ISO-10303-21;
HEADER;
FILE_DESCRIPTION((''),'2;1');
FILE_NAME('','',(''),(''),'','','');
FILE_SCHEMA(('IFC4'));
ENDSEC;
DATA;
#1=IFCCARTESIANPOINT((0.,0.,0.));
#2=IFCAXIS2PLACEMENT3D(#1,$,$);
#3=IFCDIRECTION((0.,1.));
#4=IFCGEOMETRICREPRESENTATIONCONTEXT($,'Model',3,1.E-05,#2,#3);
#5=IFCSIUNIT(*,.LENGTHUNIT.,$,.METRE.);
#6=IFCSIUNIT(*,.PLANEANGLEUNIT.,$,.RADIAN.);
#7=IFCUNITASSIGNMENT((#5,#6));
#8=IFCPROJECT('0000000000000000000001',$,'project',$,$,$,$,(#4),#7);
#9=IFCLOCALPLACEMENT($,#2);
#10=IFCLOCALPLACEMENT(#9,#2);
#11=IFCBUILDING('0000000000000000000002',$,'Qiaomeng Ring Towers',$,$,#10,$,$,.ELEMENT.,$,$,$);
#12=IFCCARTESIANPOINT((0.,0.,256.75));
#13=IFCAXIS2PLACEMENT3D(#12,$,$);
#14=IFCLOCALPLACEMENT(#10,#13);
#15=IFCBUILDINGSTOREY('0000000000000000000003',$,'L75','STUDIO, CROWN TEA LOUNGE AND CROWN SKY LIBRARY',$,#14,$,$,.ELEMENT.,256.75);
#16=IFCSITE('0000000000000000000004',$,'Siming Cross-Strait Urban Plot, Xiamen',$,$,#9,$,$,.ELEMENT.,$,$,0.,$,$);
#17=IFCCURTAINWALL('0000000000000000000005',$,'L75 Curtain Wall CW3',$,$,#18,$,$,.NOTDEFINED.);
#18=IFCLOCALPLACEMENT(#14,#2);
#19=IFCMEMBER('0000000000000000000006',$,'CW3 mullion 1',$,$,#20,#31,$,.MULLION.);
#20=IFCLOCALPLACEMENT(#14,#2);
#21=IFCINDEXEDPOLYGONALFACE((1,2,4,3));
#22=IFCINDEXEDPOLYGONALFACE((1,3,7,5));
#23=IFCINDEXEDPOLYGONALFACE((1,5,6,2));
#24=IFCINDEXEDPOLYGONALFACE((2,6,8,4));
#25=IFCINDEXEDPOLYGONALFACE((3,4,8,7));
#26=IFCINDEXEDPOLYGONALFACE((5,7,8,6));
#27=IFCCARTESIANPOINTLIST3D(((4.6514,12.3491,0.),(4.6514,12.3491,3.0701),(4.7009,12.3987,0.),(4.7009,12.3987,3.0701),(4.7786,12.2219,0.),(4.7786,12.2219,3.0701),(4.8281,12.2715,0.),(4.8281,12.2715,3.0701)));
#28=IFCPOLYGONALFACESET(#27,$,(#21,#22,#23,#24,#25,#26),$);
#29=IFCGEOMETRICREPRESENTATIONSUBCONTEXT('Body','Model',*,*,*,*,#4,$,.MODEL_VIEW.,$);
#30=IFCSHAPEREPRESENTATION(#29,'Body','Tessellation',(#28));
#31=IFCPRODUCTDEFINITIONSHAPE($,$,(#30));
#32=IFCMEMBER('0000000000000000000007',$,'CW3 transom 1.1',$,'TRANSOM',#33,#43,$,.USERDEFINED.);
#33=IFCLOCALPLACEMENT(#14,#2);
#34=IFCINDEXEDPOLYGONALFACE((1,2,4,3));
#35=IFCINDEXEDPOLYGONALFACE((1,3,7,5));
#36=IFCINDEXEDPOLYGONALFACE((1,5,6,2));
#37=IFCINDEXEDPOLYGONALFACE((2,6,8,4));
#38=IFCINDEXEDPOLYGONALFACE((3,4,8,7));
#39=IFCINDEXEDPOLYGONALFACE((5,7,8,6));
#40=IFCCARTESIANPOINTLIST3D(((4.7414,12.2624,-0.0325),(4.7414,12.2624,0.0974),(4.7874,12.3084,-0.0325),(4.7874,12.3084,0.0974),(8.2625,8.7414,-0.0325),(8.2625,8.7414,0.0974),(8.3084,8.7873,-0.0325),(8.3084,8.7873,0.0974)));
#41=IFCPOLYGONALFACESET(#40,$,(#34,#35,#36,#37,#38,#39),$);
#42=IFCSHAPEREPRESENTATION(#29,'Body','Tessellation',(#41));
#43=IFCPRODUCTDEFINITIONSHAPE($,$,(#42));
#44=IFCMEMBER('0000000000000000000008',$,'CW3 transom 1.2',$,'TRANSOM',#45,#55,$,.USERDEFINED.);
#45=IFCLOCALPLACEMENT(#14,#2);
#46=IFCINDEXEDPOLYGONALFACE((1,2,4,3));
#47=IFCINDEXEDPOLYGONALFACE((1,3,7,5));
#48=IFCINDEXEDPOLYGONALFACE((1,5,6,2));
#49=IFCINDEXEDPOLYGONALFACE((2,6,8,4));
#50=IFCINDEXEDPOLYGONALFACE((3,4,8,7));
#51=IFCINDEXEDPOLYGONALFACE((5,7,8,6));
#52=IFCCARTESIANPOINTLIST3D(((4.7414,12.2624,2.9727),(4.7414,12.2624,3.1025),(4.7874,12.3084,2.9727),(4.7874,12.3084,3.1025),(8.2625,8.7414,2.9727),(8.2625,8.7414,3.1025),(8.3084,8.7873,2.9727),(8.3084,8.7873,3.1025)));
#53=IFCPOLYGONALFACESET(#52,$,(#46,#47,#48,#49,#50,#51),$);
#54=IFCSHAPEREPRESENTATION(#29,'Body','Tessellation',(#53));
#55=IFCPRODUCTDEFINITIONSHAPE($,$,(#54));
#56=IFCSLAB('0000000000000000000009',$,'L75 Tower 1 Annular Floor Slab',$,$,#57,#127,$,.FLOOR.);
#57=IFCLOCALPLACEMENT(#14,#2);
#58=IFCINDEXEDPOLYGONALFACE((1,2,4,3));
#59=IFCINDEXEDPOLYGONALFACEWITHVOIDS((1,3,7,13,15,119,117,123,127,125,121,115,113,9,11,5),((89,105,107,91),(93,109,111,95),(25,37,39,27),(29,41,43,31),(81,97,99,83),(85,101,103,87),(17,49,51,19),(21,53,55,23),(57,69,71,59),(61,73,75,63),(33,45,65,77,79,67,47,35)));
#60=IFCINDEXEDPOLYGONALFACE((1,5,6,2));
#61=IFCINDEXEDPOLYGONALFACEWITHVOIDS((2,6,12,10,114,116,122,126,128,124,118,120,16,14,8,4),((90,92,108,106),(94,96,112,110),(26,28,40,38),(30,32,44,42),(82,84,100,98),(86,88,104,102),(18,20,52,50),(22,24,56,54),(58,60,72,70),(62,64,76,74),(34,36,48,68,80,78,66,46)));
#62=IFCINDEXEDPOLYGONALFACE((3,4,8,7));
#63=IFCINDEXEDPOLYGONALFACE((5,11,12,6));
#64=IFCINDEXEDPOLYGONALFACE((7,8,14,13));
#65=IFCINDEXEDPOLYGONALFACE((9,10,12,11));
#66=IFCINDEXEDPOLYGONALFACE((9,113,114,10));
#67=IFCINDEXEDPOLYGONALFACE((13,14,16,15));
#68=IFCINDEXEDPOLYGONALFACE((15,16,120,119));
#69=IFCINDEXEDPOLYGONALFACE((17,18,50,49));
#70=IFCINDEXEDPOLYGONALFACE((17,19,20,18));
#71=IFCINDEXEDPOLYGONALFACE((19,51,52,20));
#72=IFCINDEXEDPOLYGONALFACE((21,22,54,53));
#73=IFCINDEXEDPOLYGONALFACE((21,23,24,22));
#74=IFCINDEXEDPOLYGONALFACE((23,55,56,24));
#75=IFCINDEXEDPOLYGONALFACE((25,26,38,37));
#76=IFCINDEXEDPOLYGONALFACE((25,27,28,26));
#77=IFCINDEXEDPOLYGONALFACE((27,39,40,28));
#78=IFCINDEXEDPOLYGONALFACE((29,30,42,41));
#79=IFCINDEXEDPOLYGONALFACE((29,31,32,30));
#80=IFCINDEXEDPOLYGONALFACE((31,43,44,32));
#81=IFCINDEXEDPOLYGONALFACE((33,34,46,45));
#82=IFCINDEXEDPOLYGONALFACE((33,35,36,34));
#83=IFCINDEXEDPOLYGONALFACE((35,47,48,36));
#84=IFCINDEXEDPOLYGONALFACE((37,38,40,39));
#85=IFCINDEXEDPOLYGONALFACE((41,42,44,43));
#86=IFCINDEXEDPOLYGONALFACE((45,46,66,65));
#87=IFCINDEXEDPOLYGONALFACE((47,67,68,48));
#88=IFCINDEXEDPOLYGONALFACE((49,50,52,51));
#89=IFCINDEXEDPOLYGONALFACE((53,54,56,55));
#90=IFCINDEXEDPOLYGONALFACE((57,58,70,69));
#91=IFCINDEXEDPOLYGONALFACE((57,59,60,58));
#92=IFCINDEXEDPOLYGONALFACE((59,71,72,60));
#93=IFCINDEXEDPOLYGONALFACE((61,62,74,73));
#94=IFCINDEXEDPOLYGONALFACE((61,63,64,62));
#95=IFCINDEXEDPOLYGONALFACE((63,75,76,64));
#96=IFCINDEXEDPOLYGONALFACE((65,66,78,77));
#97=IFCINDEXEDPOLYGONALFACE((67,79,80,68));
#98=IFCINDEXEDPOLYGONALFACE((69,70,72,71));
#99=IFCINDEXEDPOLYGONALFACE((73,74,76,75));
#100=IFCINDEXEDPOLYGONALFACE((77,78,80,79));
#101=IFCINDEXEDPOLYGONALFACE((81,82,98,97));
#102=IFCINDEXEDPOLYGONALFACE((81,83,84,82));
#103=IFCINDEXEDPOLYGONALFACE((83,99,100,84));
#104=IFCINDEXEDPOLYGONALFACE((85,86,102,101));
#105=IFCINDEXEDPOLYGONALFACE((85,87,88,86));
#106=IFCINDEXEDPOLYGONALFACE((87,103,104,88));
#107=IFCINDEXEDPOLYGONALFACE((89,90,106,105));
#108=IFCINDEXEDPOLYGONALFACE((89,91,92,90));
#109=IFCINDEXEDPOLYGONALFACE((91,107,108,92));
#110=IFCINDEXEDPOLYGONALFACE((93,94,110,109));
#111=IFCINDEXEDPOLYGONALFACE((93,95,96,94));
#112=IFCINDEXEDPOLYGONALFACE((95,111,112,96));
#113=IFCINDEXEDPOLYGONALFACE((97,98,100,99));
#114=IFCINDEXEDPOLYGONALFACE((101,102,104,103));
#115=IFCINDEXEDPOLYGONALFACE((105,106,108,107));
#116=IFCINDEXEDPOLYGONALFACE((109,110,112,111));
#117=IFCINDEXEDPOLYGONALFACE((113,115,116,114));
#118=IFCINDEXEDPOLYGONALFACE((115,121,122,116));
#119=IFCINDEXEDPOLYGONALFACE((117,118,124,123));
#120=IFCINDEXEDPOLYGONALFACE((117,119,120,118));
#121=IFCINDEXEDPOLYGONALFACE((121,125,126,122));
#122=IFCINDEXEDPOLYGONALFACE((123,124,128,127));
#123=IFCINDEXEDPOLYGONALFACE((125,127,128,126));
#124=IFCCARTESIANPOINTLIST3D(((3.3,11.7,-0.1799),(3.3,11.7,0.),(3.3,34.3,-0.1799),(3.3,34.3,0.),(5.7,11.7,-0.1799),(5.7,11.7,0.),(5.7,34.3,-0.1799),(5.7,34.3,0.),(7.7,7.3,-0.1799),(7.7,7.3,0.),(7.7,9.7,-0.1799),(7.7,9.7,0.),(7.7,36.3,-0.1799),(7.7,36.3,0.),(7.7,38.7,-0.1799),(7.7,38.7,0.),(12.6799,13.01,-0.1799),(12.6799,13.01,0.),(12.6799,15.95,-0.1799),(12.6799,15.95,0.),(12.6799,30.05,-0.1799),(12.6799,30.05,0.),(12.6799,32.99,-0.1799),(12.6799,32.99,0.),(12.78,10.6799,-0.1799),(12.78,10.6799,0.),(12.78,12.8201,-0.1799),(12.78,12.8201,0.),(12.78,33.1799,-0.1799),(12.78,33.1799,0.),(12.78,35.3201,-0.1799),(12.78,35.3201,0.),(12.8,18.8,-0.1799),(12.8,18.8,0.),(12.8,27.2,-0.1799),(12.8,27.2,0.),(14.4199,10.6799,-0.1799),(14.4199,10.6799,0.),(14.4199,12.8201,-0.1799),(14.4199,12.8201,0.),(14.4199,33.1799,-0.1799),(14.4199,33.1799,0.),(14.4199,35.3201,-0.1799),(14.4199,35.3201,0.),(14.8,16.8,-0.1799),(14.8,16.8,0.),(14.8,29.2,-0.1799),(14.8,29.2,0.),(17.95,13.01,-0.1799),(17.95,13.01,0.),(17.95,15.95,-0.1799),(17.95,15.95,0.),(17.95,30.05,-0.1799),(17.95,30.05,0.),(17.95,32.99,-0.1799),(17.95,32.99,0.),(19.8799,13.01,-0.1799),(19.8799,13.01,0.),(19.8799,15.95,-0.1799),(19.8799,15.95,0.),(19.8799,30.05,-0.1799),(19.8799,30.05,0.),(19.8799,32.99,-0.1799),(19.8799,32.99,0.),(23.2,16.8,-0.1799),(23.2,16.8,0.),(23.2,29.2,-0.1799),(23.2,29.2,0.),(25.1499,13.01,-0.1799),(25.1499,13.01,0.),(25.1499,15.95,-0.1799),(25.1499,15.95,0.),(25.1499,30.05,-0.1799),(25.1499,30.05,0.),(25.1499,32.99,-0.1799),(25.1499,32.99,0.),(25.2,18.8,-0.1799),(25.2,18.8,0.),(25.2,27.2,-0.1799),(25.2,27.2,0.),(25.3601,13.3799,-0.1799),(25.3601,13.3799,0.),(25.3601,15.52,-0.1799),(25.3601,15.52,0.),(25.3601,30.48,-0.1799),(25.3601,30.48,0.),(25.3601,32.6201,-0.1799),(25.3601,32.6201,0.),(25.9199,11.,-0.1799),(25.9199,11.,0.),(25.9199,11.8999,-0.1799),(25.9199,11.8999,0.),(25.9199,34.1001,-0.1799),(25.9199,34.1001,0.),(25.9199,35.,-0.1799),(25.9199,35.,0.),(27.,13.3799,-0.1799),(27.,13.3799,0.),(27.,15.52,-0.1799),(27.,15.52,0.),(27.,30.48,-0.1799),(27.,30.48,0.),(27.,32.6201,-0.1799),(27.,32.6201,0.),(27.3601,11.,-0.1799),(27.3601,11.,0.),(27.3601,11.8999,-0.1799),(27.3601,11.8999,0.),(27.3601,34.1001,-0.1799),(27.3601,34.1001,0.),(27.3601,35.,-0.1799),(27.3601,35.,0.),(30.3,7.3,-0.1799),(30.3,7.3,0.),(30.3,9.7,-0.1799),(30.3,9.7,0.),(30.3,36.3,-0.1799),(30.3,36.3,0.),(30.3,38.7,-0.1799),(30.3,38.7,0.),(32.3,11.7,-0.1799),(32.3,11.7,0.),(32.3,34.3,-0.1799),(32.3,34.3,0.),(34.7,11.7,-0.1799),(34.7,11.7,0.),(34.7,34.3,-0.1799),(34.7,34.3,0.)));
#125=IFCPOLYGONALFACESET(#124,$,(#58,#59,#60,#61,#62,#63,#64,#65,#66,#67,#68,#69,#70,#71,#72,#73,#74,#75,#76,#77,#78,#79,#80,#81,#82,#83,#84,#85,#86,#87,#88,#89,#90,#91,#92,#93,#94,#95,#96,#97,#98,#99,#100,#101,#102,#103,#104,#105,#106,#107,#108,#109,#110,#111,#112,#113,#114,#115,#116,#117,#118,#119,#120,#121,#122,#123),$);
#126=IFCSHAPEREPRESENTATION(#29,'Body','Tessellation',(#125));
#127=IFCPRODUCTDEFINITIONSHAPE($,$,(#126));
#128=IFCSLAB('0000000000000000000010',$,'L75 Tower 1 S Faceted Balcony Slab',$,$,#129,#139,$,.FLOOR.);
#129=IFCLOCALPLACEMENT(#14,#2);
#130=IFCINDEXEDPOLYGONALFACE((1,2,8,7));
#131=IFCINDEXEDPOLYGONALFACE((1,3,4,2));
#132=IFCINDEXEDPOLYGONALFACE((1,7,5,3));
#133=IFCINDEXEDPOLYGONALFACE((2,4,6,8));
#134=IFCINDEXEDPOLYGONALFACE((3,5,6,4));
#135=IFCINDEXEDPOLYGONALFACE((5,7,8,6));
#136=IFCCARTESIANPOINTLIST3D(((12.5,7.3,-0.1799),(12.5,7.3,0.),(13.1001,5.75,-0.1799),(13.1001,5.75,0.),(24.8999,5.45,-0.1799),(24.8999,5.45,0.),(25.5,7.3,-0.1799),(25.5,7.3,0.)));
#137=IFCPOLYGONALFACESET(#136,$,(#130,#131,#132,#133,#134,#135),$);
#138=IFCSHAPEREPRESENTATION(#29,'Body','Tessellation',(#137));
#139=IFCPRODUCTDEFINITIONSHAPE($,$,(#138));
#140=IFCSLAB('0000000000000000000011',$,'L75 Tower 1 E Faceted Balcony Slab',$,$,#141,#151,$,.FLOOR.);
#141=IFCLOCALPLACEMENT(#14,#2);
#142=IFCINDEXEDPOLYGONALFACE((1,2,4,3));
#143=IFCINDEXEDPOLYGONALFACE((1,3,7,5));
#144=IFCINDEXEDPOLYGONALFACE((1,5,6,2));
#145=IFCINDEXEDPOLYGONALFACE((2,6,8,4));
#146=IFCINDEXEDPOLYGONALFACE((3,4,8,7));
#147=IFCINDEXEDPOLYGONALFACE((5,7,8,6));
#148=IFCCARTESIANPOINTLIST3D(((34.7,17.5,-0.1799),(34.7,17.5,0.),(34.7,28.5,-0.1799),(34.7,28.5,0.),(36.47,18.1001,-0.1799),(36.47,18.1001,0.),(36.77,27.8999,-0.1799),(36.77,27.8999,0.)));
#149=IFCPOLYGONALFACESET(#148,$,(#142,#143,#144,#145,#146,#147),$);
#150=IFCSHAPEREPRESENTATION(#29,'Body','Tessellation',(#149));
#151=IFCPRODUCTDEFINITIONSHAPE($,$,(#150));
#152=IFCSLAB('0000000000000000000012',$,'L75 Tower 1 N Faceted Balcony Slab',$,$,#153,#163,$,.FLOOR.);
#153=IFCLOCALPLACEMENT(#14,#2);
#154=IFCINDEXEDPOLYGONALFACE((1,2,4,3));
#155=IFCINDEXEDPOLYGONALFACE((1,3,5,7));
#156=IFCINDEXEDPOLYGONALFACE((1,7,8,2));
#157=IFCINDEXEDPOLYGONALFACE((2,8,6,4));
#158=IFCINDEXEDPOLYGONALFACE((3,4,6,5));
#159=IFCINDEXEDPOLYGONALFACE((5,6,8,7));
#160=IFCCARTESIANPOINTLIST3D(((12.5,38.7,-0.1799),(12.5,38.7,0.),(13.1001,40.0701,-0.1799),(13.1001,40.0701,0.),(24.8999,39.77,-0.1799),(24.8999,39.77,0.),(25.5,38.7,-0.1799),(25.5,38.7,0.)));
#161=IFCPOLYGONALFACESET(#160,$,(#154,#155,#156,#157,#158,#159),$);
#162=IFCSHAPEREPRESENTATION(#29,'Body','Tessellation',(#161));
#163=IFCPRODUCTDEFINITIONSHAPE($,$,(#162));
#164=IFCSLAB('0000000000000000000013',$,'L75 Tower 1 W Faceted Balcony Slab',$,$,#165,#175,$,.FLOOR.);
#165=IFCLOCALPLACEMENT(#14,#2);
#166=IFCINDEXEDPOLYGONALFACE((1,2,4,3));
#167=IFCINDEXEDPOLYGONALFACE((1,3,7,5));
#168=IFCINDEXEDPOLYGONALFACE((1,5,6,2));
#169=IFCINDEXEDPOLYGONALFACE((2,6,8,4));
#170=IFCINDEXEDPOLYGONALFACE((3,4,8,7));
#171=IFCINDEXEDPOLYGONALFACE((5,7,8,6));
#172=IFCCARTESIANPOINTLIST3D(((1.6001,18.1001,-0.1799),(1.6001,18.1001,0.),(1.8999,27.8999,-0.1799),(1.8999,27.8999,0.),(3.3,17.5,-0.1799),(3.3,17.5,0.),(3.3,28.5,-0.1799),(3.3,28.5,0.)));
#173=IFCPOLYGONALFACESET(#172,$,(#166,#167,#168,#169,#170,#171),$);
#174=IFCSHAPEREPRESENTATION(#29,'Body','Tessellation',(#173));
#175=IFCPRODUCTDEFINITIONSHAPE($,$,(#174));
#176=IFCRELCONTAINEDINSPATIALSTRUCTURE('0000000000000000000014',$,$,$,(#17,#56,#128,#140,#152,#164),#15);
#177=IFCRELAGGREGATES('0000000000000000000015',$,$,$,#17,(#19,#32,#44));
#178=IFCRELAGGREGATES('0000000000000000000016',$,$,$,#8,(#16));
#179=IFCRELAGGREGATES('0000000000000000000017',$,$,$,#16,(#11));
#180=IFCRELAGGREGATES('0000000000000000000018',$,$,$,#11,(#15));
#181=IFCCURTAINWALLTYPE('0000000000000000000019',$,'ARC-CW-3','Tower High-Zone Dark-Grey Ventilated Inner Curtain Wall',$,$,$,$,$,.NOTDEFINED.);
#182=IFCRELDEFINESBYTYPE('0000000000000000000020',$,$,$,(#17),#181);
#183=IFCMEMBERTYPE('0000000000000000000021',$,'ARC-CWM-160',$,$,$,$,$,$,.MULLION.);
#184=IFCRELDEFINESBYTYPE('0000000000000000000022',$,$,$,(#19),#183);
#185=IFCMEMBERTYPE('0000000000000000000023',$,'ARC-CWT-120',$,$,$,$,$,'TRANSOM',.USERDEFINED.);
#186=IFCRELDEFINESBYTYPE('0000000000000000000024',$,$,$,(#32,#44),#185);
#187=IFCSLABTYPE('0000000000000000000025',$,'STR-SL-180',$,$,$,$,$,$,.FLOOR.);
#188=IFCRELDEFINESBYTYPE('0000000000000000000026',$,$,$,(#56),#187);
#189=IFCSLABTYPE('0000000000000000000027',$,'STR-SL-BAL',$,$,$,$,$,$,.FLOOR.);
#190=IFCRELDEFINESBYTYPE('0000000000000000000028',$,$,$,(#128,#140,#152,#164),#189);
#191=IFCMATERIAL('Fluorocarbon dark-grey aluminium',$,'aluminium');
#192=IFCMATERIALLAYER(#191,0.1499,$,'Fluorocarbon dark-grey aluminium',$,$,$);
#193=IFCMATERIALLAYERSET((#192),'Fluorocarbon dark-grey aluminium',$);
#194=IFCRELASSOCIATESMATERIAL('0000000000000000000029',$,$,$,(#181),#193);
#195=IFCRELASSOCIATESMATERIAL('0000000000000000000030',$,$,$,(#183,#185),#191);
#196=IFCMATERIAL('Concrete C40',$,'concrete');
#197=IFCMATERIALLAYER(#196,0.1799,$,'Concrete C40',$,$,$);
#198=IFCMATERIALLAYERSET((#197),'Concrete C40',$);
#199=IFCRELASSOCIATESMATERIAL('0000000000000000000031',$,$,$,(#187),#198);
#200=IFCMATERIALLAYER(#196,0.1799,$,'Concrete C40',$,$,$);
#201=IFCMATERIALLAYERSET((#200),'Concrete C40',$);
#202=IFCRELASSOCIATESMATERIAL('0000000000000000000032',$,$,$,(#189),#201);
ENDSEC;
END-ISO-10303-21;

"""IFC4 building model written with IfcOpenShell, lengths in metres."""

from ifc_helpers import new_model, si_unit, direction, frame, origin, origin_2d, place, context, subcontext, project, spatial, polyline, rectangle, outline, extrude, source, transform, mapped, material, layer, layer_set, material_profile, profile_set, type_object, element, aggregate, save


model = new_model("IFC4")

# Units and contexts
model_context = context("Model", 3, precision=1e-05, world=origin(), true_north=direction((0.0, 1.0)))
body_context = subcontext(model_context, "Body", "Model", "MODEL_VIEW")
ifc_project = project(units=[si_unit("LENGTHUNIT", "METRE"), si_unit("PLANEANGLEUNIT", "RADIAN")], contexts=[model_context])

# Site, building, storey
site_placement = place(None, origin())
site = spatial("IfcSite", under=ifc_project, at=site_placement, Name="Siming Cross-Strait Urban Plot, Xiamen", CompositionType="ELEMENT", RefElevation=0.0)
building_placement = place(site_placement, origin())
building = spatial("IfcBuilding", under=site, at=building_placement, Name="Qiaomeng Ring Towers", CompositionType="ELEMENT")
storey_placement = place(building_placement, frame((0.0, 0.0, 256.75)))
storey = spatial("IfcBuildingStorey", under=building, at=storey_placement, Name="L75", Description="STUDIO, CROWN TEA LOUNGE AND CROWN SKY LIBRARY", CompositionType="ELEMENT", Elevation=256.75)

# Curtain wall, members
ifc_material_1 = material(Name="Fluorocarbon dark-grey aluminium", Category="aluminium")
ifc_layer_1 = layer(ifc_material_1, 0.1499, Name="Fluorocarbon dark-grey aluminium")
ifc_layer_set_1 = layer_set([ifc_layer_1], Name="Fluorocarbon dark-grey aluminium")
curtain_wall_type = type_object("IfcCurtainWallType", Name="ARC-CW-3", Description="Tower High-Zone Dark-Grey Ventilated Inner Curtain Wall", PredefinedType="NOTDEFINED", material=ifc_layer_set_1)
curtain_wall_placement = place(storey_placement, origin())
curtain_wall = element("IfcCurtainWall", 1, at=curtain_wall_placement, inside=storey, type_object=curtain_wall_type, Name="L75 Curtain Wall CW3", PredefinedType="NOTDEFINED")
ifc_material_profile_1 = material_profile(ifc_material_1, rectangle(XDim=0.0701, YDim=0.1799, at=origin_2d()), Name="ALU MULL 70x180")
ifc_profile_set_1 = profile_set([ifc_material_profile_1], Name="Fluorocarbon dark-grey aluminium")
member_type_1 = type_object("IfcMemberType", Name="ARC-CWM-160", PredefinedType="MULLION", material=ifc_profile_set_1)
shared_shape_1 = source(origin(), body_context, "Body", "SweptSolid", [
    extrude(rectangle(XDim=0.0701, YDim=0.1799, at=origin_2d()), origin(), (0.0, 0.0, 1.0), 3.0701),
])
member_1_placement = place(storey_placement, frame((4.7397, 12.3103, 0.0), z_axis=(0.0, 0.0, 1.0), x_axis=(0.707107, 0.707107, 0.0)))
member_1 = element("IfcMember", 2, at=member_1_placement, type_object=member_type_1, Name="CW3 mullion 1", PredefinedType="MULLION", context=body_context, shape_type="MappedRepresentation", body=[
    mapped(shared_shape_1, transform((0.0, 0.0, 0.0), x_axis=(1.0, 0.0, 0.0), y_axis=(0.0, 1.0, 0.0), z_axis=(0.0, 0.0, 1.0), scale=1.0)),
])
ifc_material_profile_2 = material_profile(ifc_material_1, rectangle(XDim=0.0649, YDim=0.1299, at=origin_2d()), Name="ALU TRAN 65x130")
ifc_profile_set_2 = profile_set([ifc_material_profile_2], Name="Fluorocarbon dark-grey aluminium")
member_type_2 = type_object("IfcMemberType", Name="ARC-CWT-120", ElementType="TRANSOM", PredefinedType="USERDEFINED", material=ifc_profile_set_2)
shared_shape_2 = source(origin(), body_context, "Body", "SweptSolid", [
    extrude(rectangle(XDim=0.0649, YDim=0.1299, at=origin_2d()), origin(), (0.0, 0.0, 1.0), 4.9795),
])
member_2_placement = place(storey_placement, frame((4.7644, 12.2854, 0.0325), z_axis=(0.707107, -0.707107, 0.0), x_axis=(0.707107, 0.707107, 0.0)))
member_2 = element("IfcMember", 3, at=member_2_placement, type_object=member_type_2, Name="CW3 transom 1.1", ObjectType="TRANSOM", PredefinedType="USERDEFINED", context=body_context, shape_type="MappedRepresentation", body=[
    mapped(shared_shape_2, transform((0.0, 0.0, 0.0), x_axis=(1.0, 0.0, 0.0), y_axis=(0.0, 1.0, 0.0), z_axis=(0.0, 0.0, 1.0), scale=1.0)),
])
member_3_placement = place(storey_placement, frame((4.7644, 12.2854, 3.0376), z_axis=(0.707107, -0.707107, 0.0), x_axis=(0.707107, 0.707107, 0.0)))
member_3 = element("IfcMember", 4, at=member_3_placement, type_object=member_type_2, Name="CW3 transom 1.2", ObjectType="TRANSOM", PredefinedType="USERDEFINED", context=body_context, shape_type="MappedRepresentation", body=[
    mapped(shared_shape_2, transform((0.0, 0.0, 0.0), x_axis=(1.0, 0.0, 0.0), y_axis=(0.0, 1.0, 0.0), z_axis=(0.0, 0.0, 1.0), scale=1.0)),
])
aggregate(curtain_wall, [member_1, member_2, member_3])

# Slabs
ifc_material_2 = material(Name="Concrete C40", Category="concrete")
ifc_layer_2 = layer(ifc_material_2, 0.1799, Name="Concrete C40")
ifc_layer_set_2 = layer_set([ifc_layer_2], Name="Concrete C40")
slab_type_1 = type_object("IfcSlabType", Name="STR-SL-180", PredefinedType="FLOOR", material=ifc_layer_set_2)
slab_1_placement = place(storey_placement, frame((0.0, 0.0, -0.1799)))
element("IfcSlab", 5, at=slab_1_placement, inside=storey, type_object=slab_type_1, Name="L75 Tower 1 Annular Floor Slab", PredefinedType="FLOOR", context=body_context, shape_type="SweptSolid", body=[
    extrude(outline(polyline([(7.7, 7.3), (30.3, 7.3), (30.3, 9.7), (32.3, 11.7), (34.7, 11.7), (34.7, 34.3), (32.3, 34.3), (30.3, 36.3), (30.3, 38.7), (7.7, 38.7), (7.7, 36.3), (5.7, 34.3), (3.3, 34.3), (3.3, 11.7), (5.7, 11.7), (7.7, 9.7), (7.7, 7.3)]), holes=[polyline([(12.78, 10.6799), (12.78, 12.8201), (14.4199, 12.8201), (14.4199, 10.6799), (12.78, 10.6799)]), polyline([(12.6799, 13.01), (12.6799, 15.95), (17.95, 15.95), (17.95, 13.01), (12.6799, 13.01)]), polyline([(23.2, 29.2), (25.2, 27.2), (25.2, 18.8), (23.2, 16.8), (14.8, 16.8), (12.8, 18.8), (12.8, 27.2), (14.8, 29.2), (23.2, 29.2)]), polyline([(12.6799, 32.99), (17.95, 32.99), (17.95, 30.05), (12.6799, 30.05), (12.6799, 32.99)]), polyline([(19.8799, 32.99), (25.1499, 32.99), (25.1499, 30.05), (19.8799, 30.05), (19.8799, 32.99)]), polyline([(12.78, 33.1799), (12.78, 35.3201), (14.4199, 35.3201), (14.4199, 33.1799), (12.78, 33.1799)]), polyline([(25.9199, 11.8999), (27.3601, 11.8999), (27.3601, 11.0), (25.9199, 11.0), (25.9199, 11.8999)]), polyline([(25.3601, 15.52), (27.0, 15.52), (27.0, 13.3799), (25.3601, 13.3799), (25.3601, 15.52)]), polyline([(19.8799, 13.01), (19.8799, 15.95), (25.1499, 15.95), (25.1499, 13.01), (19.8799, 13.01)]), polyline([(25.3601, 32.6201), (27.0, 32.6201), (27.0, 30.48), (25.3601, 30.48), (25.3601, 32.6201)]), polyline([(25.9199, 35.0), (27.3601, 35.0), (27.3601, 34.1001), (25.9199, 34.1001), (25.9199, 35.0)])]), origin(), (0.0, 0.0, 1.0), 0.1799),
])
ifc_layer_3 = layer(ifc_material_2, 0.1799, Name="Concrete C40")
ifc_layer_set_3 = layer_set([ifc_layer_3], Name="Concrete C40")
slab_type_2 = type_object("IfcSlabType", Name="STR-SL-BAL", PredefinedType="FLOOR", material=ifc_layer_set_3)
slab_2_placement = place(storey_placement, frame((0.0, 0.0, -0.1799)))
element("IfcSlab", 6, at=slab_2_placement, inside=storey, type_object=slab_type_2, Name="L75 Tower 1 S Faceted Balcony Slab", PredefinedType="FLOOR", context=body_context, shape_type="SweptSolid", body=[
    extrude(outline(polyline([(24.8999, 5.45), (13.1001, 5.75), (12.5, 7.3), (25.5, 7.3), (24.8999, 5.45)])), origin(), (0.0, 0.0, 1.0), 0.1799),
])
slab_3_placement = place(storey_placement, frame((0.0, 0.0, -0.1799)))
element("IfcSlab", 7, at=slab_3_placement, inside=storey, type_object=slab_type_2, Name="L75 Tower 1 E Faceted Balcony Slab", PredefinedType="FLOOR", context=body_context, shape_type="SweptSolid", body=[
    extrude(outline(polyline([(36.77, 27.8999), (36.47, 18.1001), (34.7, 17.5), (34.7, 28.5), (36.77, 27.8999)])), origin(), (0.0, 0.0, 1.0), 0.1799),
])
slab_4_placement = place(storey_placement, frame((0.0, 0.0, -0.1799)))
element("IfcSlab", 8, at=slab_4_placement, inside=storey, type_object=slab_type_2, Name="L75 Tower 1 N Faceted Balcony Slab", PredefinedType="FLOOR", context=body_context, shape_type="SweptSolid", body=[
    extrude(outline(polyline([(12.5, 38.7), (13.1001, 40.0701), (24.8999, 39.77), (25.5, 38.7), (12.5, 38.7)])), origin(), (0.0, 0.0, 1.0), 0.1799),
])
slab_5_placement = place(storey_placement, frame((0.0, 0.0, -0.1799)))
element("IfcSlab", 9, at=slab_5_placement, inside=storey, type_object=slab_type_2, Name="L75 Tower 1 W Faceted Balcony Slab", PredefinedType="FLOOR", context=body_context, shape_type="SweptSolid", body=[
    extrude(outline(polyline([(1.6001, 18.1001), (1.8999, 27.8999), (3.3, 28.5), (3.3, 17.5), (1.6001, 18.1001)])), origin(), (0.0, 0.0, 1.0), 0.1799),
])

save(model, "model.ifc")
